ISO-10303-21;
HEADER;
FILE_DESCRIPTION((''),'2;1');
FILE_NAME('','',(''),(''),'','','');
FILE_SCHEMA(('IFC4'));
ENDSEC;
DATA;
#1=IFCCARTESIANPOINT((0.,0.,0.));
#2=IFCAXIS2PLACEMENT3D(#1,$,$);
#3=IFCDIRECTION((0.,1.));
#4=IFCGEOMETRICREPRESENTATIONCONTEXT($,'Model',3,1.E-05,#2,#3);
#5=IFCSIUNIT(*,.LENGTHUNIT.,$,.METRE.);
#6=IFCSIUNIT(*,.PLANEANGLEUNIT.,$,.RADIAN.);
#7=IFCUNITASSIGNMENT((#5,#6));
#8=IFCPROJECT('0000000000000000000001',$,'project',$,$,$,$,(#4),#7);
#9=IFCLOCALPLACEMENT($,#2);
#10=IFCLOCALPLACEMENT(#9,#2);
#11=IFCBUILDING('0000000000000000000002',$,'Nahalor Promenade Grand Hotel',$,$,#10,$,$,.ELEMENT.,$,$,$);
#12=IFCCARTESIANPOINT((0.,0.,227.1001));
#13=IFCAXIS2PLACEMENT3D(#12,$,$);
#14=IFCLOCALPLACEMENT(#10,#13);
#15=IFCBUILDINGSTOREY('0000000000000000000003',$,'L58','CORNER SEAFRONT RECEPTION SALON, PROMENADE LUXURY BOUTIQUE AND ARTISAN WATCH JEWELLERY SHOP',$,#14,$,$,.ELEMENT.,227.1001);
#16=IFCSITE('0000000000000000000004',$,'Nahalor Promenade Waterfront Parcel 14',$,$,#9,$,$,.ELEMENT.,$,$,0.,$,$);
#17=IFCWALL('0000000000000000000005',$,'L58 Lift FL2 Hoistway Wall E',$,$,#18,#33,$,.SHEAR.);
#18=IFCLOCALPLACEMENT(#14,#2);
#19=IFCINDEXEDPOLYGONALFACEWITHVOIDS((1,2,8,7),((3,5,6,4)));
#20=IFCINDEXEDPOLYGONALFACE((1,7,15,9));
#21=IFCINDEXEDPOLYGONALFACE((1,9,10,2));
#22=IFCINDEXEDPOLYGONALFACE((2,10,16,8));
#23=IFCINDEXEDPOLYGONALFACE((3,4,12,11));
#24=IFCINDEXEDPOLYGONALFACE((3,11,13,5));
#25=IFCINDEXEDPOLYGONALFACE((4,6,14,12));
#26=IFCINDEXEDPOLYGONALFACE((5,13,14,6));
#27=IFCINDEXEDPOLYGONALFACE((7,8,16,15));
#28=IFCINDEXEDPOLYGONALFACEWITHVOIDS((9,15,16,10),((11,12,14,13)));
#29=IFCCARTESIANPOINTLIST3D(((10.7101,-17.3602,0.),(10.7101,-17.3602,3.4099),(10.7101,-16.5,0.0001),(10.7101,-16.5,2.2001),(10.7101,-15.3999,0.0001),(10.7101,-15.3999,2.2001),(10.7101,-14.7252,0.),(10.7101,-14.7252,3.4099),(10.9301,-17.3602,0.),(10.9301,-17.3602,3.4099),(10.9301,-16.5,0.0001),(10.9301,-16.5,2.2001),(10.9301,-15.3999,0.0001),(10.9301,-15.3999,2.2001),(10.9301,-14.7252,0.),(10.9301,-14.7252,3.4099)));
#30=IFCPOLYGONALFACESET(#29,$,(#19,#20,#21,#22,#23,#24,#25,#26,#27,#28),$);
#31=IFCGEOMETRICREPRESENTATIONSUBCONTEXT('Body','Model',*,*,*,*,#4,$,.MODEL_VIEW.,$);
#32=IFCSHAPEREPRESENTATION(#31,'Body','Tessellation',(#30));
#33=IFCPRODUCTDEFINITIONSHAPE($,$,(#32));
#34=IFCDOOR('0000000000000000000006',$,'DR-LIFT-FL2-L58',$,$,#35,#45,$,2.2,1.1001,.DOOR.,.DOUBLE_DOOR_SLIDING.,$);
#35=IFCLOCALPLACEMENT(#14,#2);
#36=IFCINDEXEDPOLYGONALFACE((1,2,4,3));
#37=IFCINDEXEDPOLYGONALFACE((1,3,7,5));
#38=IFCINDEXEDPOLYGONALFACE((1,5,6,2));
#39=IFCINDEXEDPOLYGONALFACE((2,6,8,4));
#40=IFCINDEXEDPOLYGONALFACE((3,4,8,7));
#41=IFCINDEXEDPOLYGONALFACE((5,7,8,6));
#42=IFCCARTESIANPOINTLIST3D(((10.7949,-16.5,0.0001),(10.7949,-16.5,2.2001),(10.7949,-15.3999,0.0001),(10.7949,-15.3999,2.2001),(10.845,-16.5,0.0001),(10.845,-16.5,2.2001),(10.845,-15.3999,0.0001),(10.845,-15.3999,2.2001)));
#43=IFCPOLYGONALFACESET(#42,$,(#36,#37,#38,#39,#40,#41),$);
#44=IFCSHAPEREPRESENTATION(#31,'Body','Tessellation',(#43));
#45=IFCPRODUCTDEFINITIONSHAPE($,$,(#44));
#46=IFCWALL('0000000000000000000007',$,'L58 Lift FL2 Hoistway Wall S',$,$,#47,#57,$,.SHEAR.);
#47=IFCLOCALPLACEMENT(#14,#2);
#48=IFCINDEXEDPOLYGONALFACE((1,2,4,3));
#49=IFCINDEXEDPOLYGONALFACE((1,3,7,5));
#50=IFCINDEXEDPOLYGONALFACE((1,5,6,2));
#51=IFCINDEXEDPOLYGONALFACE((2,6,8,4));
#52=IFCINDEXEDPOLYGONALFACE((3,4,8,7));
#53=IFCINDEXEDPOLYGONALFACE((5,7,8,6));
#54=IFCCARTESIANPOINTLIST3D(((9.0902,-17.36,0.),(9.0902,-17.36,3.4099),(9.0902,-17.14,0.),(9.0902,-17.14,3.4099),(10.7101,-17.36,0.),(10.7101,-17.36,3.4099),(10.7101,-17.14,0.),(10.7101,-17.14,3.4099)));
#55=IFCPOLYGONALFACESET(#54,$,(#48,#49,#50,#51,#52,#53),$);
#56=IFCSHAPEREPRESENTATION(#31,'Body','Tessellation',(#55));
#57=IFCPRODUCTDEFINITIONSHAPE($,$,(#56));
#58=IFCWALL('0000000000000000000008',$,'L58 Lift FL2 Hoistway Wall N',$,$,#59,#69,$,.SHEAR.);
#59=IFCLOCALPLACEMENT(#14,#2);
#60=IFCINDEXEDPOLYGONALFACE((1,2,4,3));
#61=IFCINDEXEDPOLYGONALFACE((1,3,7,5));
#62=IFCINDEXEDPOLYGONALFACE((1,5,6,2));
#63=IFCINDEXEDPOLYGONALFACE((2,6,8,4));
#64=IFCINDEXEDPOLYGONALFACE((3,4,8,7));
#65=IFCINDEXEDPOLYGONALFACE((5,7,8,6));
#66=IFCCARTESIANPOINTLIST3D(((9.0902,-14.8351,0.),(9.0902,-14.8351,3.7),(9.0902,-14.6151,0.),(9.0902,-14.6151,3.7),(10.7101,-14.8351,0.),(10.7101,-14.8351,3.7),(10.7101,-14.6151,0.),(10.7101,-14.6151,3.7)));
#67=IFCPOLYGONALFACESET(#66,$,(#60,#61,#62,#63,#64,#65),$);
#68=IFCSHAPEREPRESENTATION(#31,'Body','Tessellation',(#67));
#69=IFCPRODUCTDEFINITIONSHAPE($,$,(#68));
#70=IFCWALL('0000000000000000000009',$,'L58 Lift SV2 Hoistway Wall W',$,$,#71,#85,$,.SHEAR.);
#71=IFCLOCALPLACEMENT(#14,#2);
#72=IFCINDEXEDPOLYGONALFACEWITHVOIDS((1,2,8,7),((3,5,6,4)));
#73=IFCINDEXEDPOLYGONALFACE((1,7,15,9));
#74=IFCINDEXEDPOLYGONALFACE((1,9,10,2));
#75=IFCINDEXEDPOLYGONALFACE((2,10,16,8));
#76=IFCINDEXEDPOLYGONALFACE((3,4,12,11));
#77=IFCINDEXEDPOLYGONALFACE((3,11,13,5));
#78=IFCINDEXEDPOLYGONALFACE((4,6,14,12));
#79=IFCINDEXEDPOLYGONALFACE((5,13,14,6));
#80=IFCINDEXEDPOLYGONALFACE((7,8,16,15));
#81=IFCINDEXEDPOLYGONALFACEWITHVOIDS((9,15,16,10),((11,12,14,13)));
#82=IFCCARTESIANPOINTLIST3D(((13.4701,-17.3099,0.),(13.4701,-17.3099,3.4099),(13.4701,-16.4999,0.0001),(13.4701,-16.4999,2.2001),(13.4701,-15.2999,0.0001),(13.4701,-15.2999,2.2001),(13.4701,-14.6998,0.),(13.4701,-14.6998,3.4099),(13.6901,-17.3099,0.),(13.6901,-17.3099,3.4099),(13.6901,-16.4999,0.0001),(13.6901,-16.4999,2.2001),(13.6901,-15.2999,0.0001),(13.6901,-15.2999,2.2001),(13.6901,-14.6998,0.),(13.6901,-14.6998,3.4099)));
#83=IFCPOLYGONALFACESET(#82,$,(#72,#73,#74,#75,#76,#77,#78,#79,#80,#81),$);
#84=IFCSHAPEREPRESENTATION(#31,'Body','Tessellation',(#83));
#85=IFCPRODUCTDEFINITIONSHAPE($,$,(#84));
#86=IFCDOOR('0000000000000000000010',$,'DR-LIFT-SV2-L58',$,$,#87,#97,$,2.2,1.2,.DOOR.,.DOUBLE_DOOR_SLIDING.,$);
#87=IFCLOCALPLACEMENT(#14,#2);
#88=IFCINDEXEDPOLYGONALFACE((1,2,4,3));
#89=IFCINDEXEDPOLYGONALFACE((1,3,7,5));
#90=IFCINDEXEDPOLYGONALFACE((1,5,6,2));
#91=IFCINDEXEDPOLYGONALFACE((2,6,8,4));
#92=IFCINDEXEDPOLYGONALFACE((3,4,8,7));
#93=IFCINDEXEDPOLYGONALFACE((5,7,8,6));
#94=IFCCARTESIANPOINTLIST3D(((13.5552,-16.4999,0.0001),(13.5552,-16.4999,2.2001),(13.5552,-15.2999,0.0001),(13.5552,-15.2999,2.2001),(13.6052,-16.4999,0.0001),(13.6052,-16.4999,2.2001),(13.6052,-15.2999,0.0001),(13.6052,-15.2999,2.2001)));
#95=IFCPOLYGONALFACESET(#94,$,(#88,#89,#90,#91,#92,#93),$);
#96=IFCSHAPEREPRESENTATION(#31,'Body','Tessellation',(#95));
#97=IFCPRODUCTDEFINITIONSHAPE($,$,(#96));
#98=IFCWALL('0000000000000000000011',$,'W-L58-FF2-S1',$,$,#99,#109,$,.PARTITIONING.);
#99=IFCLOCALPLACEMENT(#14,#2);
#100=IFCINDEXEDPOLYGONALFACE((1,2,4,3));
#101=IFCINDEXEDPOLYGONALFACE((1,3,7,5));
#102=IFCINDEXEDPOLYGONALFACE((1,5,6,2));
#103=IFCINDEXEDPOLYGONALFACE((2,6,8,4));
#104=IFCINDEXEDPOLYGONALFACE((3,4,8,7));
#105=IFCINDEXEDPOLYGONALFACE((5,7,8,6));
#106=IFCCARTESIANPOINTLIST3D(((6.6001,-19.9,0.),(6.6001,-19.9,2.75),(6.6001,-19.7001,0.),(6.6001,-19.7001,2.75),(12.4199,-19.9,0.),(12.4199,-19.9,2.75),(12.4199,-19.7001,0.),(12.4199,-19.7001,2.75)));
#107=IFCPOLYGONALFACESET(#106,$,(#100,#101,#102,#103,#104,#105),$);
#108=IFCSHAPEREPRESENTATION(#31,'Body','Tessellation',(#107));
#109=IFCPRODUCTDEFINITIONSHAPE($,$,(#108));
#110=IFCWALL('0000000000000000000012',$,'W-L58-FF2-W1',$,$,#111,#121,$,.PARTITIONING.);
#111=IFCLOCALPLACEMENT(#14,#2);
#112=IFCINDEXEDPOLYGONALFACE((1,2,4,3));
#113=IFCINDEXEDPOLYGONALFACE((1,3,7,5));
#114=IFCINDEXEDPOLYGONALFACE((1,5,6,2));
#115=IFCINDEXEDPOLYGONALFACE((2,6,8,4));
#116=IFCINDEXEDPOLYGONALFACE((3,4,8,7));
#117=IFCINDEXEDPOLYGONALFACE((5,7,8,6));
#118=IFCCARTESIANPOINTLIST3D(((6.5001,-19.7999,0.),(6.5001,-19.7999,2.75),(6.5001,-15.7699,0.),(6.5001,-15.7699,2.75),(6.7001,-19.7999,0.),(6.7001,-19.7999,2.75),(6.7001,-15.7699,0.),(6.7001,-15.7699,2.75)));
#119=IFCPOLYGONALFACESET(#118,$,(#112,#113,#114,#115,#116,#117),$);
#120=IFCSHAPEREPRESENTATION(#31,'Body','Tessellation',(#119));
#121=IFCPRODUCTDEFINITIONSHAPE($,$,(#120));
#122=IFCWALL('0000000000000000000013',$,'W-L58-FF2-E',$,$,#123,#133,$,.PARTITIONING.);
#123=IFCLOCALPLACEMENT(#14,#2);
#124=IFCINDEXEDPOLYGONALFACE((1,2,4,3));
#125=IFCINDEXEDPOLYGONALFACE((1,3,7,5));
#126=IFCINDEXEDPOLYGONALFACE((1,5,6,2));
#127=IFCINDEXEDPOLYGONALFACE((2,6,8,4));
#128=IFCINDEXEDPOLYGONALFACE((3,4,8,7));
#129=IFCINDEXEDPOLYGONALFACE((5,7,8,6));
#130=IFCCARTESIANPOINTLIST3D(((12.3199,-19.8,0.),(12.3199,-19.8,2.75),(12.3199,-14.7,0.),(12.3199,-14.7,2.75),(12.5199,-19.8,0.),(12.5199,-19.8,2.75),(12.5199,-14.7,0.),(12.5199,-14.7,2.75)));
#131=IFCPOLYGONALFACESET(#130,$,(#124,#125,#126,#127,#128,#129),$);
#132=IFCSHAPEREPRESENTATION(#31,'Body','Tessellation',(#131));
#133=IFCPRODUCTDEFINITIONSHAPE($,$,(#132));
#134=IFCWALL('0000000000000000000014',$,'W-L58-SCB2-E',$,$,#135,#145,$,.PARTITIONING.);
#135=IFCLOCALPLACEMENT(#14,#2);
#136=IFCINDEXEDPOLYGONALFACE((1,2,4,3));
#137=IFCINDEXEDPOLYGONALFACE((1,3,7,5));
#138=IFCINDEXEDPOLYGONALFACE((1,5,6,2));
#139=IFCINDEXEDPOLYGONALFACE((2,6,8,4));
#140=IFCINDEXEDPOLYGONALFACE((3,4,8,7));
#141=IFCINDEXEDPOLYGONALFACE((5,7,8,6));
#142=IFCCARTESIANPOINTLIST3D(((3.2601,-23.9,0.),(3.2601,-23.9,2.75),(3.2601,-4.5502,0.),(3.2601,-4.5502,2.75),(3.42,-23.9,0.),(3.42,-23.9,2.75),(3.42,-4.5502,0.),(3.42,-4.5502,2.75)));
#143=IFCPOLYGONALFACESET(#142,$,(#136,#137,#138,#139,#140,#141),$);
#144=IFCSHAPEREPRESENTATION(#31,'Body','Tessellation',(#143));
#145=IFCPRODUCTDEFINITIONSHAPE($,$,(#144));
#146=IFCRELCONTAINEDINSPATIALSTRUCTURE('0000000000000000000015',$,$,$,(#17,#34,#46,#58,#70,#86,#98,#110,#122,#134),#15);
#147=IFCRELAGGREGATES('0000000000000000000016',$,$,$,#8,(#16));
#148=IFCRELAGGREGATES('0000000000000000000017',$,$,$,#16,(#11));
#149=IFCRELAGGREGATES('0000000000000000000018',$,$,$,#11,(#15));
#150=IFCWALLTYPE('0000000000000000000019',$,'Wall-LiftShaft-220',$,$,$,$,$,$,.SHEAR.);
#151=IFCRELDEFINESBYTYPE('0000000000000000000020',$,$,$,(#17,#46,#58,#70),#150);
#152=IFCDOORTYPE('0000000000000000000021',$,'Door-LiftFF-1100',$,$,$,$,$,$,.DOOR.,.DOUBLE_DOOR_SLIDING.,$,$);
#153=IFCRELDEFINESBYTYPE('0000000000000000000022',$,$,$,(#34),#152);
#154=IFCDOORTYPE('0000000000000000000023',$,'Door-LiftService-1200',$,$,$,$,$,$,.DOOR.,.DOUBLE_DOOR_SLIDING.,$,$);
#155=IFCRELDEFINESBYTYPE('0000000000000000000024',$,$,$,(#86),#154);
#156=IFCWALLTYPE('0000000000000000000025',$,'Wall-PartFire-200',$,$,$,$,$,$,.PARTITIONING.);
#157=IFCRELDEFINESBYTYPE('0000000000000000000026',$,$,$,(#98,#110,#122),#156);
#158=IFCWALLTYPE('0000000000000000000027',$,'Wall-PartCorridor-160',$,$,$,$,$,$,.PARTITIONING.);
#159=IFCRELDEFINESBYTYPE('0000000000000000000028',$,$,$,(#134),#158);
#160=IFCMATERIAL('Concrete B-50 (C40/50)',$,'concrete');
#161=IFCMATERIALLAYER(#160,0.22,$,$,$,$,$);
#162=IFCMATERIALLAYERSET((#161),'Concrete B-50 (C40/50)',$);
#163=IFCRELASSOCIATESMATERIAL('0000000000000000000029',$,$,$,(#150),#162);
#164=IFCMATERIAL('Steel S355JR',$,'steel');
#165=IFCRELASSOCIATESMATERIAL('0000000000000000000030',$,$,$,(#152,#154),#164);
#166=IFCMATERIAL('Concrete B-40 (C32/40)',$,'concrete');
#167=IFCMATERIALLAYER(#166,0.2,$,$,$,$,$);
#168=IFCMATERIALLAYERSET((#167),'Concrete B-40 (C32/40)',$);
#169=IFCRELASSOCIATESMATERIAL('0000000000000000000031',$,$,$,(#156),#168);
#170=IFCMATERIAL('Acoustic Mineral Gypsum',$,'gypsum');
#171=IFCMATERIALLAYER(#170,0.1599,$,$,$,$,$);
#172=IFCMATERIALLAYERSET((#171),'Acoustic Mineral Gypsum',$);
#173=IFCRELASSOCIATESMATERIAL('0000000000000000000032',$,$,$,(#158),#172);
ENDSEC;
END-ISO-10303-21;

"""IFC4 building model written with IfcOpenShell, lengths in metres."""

from ifc_helpers import new_model, si_unit, direction, frame, frame_2d, origin, place, context, subcontext, project, spatial, rectangle, extrude, source, transform, mapped, material, layer, layer_set, type_object, element, fill, save


model = new_model("IFC4")

# Units and contexts
model_context = context("Model", 3, precision=1e-05, world=origin(), true_north=direction((0.0, 1.0)))
body_context = subcontext(model_context, "Body", "Model", "MODEL_VIEW")
ifc_project = project(units=[si_unit("LENGTHUNIT", "METRE"), si_unit("PLANEANGLEUNIT", "RADIAN")], contexts=[model_context])

# Site, building, storey
site_placement = place(None, origin())
site = spatial("IfcSite", under=ifc_project, at=site_placement, Name="Nahalor Promenade Waterfront Parcel 14", CompositionType="ELEMENT", RefElevation=0.0)
building_placement = place(site_placement, origin())
building = spatial("IfcBuilding", under=site, at=building_placement, Name="Nahalor Promenade Grand Hotel", CompositionType="ELEMENT")
storey_placement = place(building_placement, frame((0.0, 0.0, 227.1001)))
storey = spatial("IfcBuildingStorey", under=building, at=storey_placement, Name="L58", Description="CORNER SEAFRONT RECEPTION SALON, PROMENADE LUXURY BOUTIQUE AND ARTISAN WATCH JEWELLERY SHOP", CompositionType="ELEMENT", Elevation=227.1001)

# Shared definitions
ifc_material_1 = material(Name="Steel S355JR", Category="steel")

# Shared definitions
ifc_material_2 = material(Name="Concrete B-50 (C40/50)", Category="concrete")

# Shared definitions
ifc_layer_1 = layer(ifc_material_2, 0.22)
ifc_layer_set_1 = layer_set([ifc_layer_1], Name="Concrete B-50 (C40/50)")
wall_type_1 = type_object("IfcWallType", Name="Wall-LiftShaft-220", PredefinedType="SHEAR", material=ifc_layer_set_1)
shared_shape_1 = source(origin(), body_context, "Body", "SweptSolid", [
    extrude(rectangle(XDim=2.635, YDim=0.22, at=frame_2d((1.3174, 0.0))), origin(), (0.0, 0.0, 1.0), 3.4099),
])

# Wall, opening, door
wall_1_placement = place(storey_placement, frame((10.8201, -17.3601, 0.0), z_axis=(0.0, 0.0, 1.0), x_axis=(0.0, 1.0, 0.0)))
wall_1 = element("IfcWall", 1, at=wall_1_placement, inside=storey, type_object=wall_type_1, Name="L58 Lift FL2 Hoistway Wall E", PredefinedType="SHEAR", context=body_context, shape_type="MappedRepresentation", body=[
    mapped(shared_shape_1, transform((0.0, 0.0, 0.0), scale=1.0)),
])
opening_1_placement = place(wall_1_placement, frame((0.8601, 0.0, 0.0)))
opening_1 = element("IfcOpeningElement", 2, at=opening_1_placement, cuts=wall_1, PredefinedType="OPENING", context=body_context, shape_type="SweptSolid", body=[
    extrude(rectangle(XDim=1.1001, YDim=2.2, at=frame_2d((0.55, 1.1001))), frame((0.0, 0.1199, 0.0), z_axis=(0.0, -1.0, 0.0), x_axis=(1.0, 0.0, 0.0)), (0.0, 0.0, 1.0), 0.24),
])
door_type_1 = type_object("IfcDoorType", Name="Door-LiftFF-1100", OperationType="DOUBLE_DOOR_SLIDING", PredefinedType="DOOR", material=ifc_material_1)
shared_shape_2 = source(origin(), body_context, "Body", "SweptSolid", [
    extrude(rectangle(XDim=1.1001, YDim=2.2, at=frame_2d((0.55, 1.1001))), frame((0.0, 0.0249, 0.0), z_axis=(0.0, -1.0, 0.0), x_axis=(1.0, 0.0, 0.0)), (0.0, 0.0, 1.0), 0.05),
])
door_1_placement = place(opening_1_placement, frame((1.1001, 0.0, 0.0), z_axis=(0.0, 0.0, 1.0), x_axis=(-1.0, 0.0, 0.0)))
door_1 = element("IfcDoor", 3, at=door_1_placement, inside=storey, type_object=door_type_1, Name="DR-LIFT-FL2-L58", OperationType="DOUBLE_DOOR_SLIDING", OverallHeight=2.2, OverallWidth=1.1001, PredefinedType="DOOR", context=body_context, shape_type="MappedRepresentation", body=[
    mapped(shared_shape_2, transform((0.0, 0.0, 0.0), scale=1.0)),
])
fill(opening_1, door_1)

# Walls
shared_shape_3 = source(origin(), body_context, "Body", "SweptSolid", [
    extrude(rectangle(XDim=1.6199, YDim=0.22, at=frame_2d((0.8101, 0.0))), origin(), (0.0, 0.0, 1.0), 3.4099),
])
wall_2_placement = place(storey_placement, frame((9.0901, -17.25, 0.0), z_axis=(0.0, 0.0, 1.0), x_axis=(1.0, 0.0, 0.0)))
element("IfcWall", 4, at=wall_2_placement, inside=storey, type_object=wall_type_1, Name="L58 Lift FL2 Hoistway Wall S", PredefinedType="SHEAR", context=body_context, shape_type="MappedRepresentation", body=[
    mapped(shared_shape_3, transform((0.0, 0.0, 0.0), scale=1.0)),
])
shared_shape_4 = source(origin(), body_context, "Body", "SweptSolid", [
    extrude(rectangle(XDim=1.6199, YDim=0.22, at=frame_2d((0.8101, 0.0))), origin(), (0.0, 0.0, 1.0), 3.7),
])
wall_3_placement = place(storey_placement, frame((9.0901, -14.7251, 0.0), z_axis=(0.0, 0.0, 1.0), x_axis=(1.0, 0.0, 0.0)))
element("IfcWall", 5, at=wall_3_placement, inside=storey, type_object=wall_type_1, Name="L58 Lift FL2 Hoistway Wall N", PredefinedType="SHEAR", context=body_context, shape_type="MappedRepresentation", body=[
    mapped(shared_shape_4, transform((0.0, 0.0, 0.0), scale=1.0)),
])

# Wall, opening, door
shared_shape_5 = source(origin(), body_context, "Body", "SweptSolid", [
    extrude(rectangle(XDim=2.6101, YDim=0.22, at=frame_2d((1.3052, 0.0))), origin(), (0.0, 0.0, 1.0), 3.4099),
])
wall_4_placement = place(storey_placement, frame((13.5801, -17.3101, 0.0), z_axis=(0.0, 0.0, 1.0), x_axis=(0.0, 1.0, 0.0)))
wall_4 = element("IfcWall", 6, at=wall_4_placement, inside=storey, type_object=wall_type_1, Name="L58 Lift SV2 Hoistway Wall W", PredefinedType="SHEAR", context=body_context, shape_type="MappedRepresentation", body=[
    mapped(shared_shape_5, transform((0.0, 0.0, 0.0), scale=1.0)),
])
opening_2_placement = place(wall_4_placement, frame((0.8101, 0.0, 0.0)))
opening_2 = element("IfcOpeningElement", 7, at=opening_2_placement, cuts=wall_4, PredefinedType="OPENING", context=body_context, shape_type="SweptSolid", body=[
    extrude(rectangle(XDim=1.2, YDim=2.2, at=frame_2d((0.6001, 1.1001))), frame((0.0, 0.1199, 0.0), z_axis=(0.0, -1.0, 0.0), x_axis=(1.0, 0.0, 0.0)), (0.0, 0.0, 1.0), 0.24),
])
door_type_2 = type_object("IfcDoorType", Name="Door-LiftService-1200", OperationType="DOUBLE_DOOR_SLIDING", PredefinedType="DOOR", material=ifc_material_1)
shared_shape_6 = source(origin(), body_context, "Body", "SweptSolid", [
    extrude(rectangle(XDim=1.2, YDim=2.2, at=frame_2d((0.6001, 1.1001))), frame((0.0, 0.0249, 0.0), z_axis=(0.0, -1.0, 0.0), x_axis=(1.0, 0.0, 0.0)), (0.0, 0.0, 1.0), 0.05),
])
door_2_placement = place(opening_2_placement, origin())
door_2 = element("IfcDoor", 8, at=door_2_placement, inside=storey, type_object=door_type_2, Name="DR-LIFT-SV2-L58", OperationType="DOUBLE_DOOR_SLIDING", OverallHeight=2.2, OverallWidth=1.2, PredefinedType="DOOR", context=body_context, shape_type="MappedRepresentation", body=[
    mapped(shared_shape_6, transform((0.0, 0.0, 0.0), scale=1.0)),
])
fill(opening_2, door_2)

# Walls
ifc_material_3 = material(Name="Concrete B-40 (C32/40)", Category="concrete")
ifc_layer_2 = layer(ifc_material_3, 0.2)
ifc_layer_set_2 = layer_set([ifc_layer_2], Name="Concrete B-40 (C32/40)")
wall_type_2 = type_object("IfcWallType", Name="Wall-PartFire-200", PredefinedType="PARTITIONING", material=ifc_layer_set_2)
shared_shape_7 = source(origin(), body_context, "Body", "SweptSolid", [
    extrude(rectangle(XDim=5.8198, YDim=0.2, at=frame_2d((2.9099, 0.0))), origin(), (0.0, 0.0, 1.0), 2.75),
])
wall_5_placement = place(storey_placement, frame((6.6001, -19.8, 0.0), z_axis=(0.0, 0.0, 1.0), x_axis=(1.0, 0.0, 0.0)))
element("IfcWall", 9, at=wall_5_placement, inside=storey, type_object=wall_type_2, Name="W-L58-FF2-S1", PredefinedType="PARTITIONING", context=body_context, shape_type="MappedRepresentation", body=[
    mapped(shared_shape_7, transform((0.0, 0.0, 0.0), scale=1.0)),
])
shared_shape_8 = source(origin(), body_context, "Body", "SweptSolid", [
    extrude(rectangle(XDim=4.03, YDim=0.2, at=frame_2d((2.0151, 0.0))), origin(), (0.0, 0.0, 1.0), 2.75),
])
wall_6_placement = place(storey_placement, frame((6.6001, -19.8, 0.0), z_axis=(0.0, 0.0, 1.0), x_axis=(0.0, 1.0, 0.0)))
element("IfcWall", 10, at=wall_6_placement, inside=storey, type_object=wall_type_2, Name="W-L58-FF2-W1", PredefinedType="PARTITIONING", context=body_context, shape_type="MappedRepresentation", body=[
    mapped(shared_shape_8, transform((0.0, 0.0, 0.0), scale=1.0)),
])
shared_shape_9 = source(origin(), body_context, "Body", "SweptSolid", [
    extrude(rectangle(XDim=5.1001, YDim=0.2, at=frame_2d((2.55, 0.0))), origin(), (0.0, 0.0, 1.0), 2.75),
])
wall_7_placement = place(storey_placement, frame((12.4199, -19.8, 0.0), z_axis=(0.0, 0.0, 1.0), x_axis=(0.0, 1.0, 0.0)))
element("IfcWall", 11, at=wall_7_placement, inside=storey, type_object=wall_type_2, Name="W-L58-FF2-E", PredefinedType="PARTITIONING", context=body_context, shape_type="MappedRepresentation", body=[
    mapped(shared_shape_9, transform((0.0, 0.0, 0.0), scale=1.0)),
])
ifc_material_4 = material(Name="Acoustic Mineral Gypsum", Category="gypsum")
ifc_layer_3 = layer(ifc_material_4, 0.1599)
ifc_layer_set_3 = layer_set([ifc_layer_3], Name="Acoustic Mineral Gypsum")
wall_type_3 = type_object("IfcWallType", Name="Wall-PartCorridor-160", PredefinedType="PARTITIONING", material=ifc_layer_set_3)
shared_shape_10 = source(origin(), body_context, "Body", "SweptSolid", [
    extrude(rectangle(XDim=19.3499, YDim=0.1599, at=frame_2d((9.6748, 0.0))), origin(), (0.0, 0.0, 1.0), 2.75),
])
wall_8_placement = place(storey_placement, frame((3.3401, -23.8999, 0.0), z_axis=(0.0, 0.0, 1.0), x_axis=(0.0, 1.0, 0.0)))
element("IfcWall", 12, at=wall_8_placement, inside=storey, type_object=wall_type_3, Name="W-L58-SCB2-E", PredefinedType="PARTITIONING", context=body_context, shape_type="MappedRepresentation", body=[
    mapped(shared_shape_10, transform((0.0, 0.0, 0.0), scale=1.0)),
])

save(model, "model.ifc")
